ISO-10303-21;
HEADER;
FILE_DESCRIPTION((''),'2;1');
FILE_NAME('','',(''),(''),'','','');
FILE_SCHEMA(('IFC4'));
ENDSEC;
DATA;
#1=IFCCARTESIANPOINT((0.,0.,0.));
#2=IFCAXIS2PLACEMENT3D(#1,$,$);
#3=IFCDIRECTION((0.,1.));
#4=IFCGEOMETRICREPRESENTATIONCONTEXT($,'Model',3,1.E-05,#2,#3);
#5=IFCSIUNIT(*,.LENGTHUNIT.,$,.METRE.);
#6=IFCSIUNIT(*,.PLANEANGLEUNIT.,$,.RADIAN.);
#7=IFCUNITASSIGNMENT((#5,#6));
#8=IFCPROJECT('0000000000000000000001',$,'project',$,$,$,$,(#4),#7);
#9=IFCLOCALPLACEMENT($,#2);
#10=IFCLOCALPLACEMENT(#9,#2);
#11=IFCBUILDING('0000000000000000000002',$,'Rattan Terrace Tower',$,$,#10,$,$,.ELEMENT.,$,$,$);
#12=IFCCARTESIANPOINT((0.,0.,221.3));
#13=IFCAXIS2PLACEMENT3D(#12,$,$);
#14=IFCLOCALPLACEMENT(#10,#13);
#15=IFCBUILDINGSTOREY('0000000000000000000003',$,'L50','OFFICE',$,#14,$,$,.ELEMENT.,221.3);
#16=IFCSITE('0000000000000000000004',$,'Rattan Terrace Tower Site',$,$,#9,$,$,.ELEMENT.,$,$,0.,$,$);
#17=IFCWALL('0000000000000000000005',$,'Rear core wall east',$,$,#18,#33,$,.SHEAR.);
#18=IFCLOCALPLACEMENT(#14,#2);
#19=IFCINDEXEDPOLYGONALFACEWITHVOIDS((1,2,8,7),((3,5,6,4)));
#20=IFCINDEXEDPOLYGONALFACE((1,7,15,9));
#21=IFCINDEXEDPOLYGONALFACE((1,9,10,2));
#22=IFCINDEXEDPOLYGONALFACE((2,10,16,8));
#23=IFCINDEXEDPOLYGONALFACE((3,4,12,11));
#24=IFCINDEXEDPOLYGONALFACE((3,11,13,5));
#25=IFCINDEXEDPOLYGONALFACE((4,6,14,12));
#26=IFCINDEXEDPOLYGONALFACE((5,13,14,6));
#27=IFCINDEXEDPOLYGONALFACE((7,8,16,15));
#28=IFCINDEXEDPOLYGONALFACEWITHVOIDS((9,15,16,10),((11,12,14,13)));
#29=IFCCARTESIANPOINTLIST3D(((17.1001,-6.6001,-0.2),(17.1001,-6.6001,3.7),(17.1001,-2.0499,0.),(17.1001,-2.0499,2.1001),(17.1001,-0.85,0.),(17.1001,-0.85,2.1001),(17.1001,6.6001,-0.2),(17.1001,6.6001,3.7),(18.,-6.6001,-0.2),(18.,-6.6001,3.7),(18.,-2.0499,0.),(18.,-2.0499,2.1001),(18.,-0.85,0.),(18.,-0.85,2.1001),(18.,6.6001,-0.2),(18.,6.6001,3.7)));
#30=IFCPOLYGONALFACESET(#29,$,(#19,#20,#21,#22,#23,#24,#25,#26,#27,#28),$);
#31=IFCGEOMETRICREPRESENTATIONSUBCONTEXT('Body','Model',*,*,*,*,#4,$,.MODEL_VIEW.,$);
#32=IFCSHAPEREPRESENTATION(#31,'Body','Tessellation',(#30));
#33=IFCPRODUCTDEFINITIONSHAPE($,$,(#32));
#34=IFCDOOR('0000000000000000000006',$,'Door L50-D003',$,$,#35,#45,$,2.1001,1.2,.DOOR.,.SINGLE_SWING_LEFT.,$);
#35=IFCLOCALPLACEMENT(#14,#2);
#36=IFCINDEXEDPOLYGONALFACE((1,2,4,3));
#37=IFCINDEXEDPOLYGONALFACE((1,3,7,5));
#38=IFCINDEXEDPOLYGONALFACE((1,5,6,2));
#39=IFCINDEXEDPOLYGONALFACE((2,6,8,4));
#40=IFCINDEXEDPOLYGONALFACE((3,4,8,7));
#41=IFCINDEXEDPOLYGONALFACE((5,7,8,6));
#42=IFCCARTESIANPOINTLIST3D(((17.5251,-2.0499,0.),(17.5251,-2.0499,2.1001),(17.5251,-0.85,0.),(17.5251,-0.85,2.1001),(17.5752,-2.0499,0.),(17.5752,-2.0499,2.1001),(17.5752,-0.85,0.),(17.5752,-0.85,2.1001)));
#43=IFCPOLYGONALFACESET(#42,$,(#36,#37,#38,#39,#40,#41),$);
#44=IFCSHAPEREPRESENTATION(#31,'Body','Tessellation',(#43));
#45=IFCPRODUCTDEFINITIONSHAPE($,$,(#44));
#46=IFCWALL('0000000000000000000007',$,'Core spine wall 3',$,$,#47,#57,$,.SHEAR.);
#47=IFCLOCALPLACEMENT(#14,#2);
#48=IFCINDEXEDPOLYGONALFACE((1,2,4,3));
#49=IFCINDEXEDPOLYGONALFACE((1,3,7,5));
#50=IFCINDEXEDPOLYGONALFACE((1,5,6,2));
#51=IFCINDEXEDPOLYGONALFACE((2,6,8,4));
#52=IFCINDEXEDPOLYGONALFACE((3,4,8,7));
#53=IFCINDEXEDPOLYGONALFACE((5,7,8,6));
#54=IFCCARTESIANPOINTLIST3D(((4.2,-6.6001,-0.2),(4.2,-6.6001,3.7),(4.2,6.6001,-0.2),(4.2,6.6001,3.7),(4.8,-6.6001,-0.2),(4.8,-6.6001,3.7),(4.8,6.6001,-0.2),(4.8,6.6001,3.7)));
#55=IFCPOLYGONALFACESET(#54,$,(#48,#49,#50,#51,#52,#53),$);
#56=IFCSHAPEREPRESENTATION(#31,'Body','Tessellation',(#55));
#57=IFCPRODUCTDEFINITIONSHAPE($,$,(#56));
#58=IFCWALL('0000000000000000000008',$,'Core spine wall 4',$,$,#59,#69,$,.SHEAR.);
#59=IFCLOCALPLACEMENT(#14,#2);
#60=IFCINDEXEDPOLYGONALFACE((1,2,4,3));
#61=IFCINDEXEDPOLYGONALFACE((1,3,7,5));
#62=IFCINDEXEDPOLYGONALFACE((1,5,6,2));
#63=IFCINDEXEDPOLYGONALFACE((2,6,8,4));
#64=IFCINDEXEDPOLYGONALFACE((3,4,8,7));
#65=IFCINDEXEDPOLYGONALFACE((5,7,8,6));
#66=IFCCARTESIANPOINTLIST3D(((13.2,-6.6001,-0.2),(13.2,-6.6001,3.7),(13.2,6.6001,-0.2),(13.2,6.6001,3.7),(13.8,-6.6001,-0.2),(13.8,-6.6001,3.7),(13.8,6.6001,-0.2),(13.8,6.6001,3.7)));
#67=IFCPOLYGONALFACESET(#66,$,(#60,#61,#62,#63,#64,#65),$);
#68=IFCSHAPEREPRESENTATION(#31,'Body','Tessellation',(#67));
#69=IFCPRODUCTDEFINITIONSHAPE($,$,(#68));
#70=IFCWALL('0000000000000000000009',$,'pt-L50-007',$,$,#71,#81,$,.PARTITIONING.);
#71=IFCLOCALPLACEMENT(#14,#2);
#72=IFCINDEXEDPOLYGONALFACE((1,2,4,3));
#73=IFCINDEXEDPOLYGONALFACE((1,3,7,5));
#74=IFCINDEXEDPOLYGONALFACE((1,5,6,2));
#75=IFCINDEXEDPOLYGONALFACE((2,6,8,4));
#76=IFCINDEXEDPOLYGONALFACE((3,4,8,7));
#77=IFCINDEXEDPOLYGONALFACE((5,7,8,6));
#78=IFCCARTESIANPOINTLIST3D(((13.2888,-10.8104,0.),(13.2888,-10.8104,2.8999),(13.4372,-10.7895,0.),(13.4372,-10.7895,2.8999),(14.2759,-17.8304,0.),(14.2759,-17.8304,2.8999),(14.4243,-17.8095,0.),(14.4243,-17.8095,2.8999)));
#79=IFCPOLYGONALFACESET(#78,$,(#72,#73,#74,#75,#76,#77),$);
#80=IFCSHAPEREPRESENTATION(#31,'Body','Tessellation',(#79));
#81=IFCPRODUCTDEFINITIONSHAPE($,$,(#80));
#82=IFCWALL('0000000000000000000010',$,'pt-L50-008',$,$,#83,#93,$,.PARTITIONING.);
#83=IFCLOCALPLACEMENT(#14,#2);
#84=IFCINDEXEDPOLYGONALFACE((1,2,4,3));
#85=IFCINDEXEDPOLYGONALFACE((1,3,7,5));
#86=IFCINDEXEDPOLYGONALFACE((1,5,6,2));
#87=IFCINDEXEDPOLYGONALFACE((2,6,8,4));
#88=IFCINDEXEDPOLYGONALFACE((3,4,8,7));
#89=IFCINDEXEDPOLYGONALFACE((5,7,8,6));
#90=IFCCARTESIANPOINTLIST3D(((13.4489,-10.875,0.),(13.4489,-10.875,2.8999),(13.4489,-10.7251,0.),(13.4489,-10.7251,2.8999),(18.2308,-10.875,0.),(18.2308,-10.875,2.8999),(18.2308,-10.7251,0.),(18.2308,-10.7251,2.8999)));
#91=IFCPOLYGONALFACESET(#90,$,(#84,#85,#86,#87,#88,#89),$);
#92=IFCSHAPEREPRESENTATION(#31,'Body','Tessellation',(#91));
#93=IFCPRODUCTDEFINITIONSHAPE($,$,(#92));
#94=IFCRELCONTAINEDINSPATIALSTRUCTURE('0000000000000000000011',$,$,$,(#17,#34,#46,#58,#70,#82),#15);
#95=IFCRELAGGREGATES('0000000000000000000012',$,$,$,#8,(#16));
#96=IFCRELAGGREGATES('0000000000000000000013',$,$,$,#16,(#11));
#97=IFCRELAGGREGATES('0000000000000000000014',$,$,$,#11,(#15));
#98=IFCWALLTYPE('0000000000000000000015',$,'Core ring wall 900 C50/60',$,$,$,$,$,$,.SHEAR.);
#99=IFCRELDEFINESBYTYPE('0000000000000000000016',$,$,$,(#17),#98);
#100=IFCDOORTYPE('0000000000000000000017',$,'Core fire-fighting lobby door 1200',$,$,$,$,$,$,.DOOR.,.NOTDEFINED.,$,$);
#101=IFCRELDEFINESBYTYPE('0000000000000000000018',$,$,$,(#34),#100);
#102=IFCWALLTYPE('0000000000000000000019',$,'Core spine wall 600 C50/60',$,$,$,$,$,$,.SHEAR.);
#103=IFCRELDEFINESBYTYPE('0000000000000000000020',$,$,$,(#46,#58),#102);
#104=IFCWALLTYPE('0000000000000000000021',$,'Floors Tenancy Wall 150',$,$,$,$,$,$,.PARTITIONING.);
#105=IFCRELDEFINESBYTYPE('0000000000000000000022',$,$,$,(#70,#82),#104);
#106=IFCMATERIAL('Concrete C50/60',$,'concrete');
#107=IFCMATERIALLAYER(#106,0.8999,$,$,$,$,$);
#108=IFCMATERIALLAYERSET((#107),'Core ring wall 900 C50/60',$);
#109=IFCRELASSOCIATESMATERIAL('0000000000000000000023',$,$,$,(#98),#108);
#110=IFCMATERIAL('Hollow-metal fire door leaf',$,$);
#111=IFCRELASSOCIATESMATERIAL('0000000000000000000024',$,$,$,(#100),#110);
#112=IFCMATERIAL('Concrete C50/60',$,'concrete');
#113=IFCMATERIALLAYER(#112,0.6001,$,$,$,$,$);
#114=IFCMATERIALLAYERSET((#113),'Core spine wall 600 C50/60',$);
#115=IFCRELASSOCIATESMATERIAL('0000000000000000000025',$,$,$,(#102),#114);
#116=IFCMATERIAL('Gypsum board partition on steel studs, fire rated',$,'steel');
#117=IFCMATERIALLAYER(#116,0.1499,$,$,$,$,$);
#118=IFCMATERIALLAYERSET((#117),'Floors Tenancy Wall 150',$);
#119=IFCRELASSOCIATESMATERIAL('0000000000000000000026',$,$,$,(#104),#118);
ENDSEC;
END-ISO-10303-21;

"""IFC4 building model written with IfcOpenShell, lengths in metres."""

from ifc_helpers import new_model, si_unit, direction, frame, frame_2d, origin, place, context, subcontext, project, spatial, rectangle, extrude, material, layer, layer_set, type_object, element, fill, save


model = new_model("IFC4")

# Units and contexts
model_context = context("Model", 3, precision=1e-05, world=origin(), true_north=direction((0.0, 1.0)))
body_context = subcontext(model_context, "Body", "Model", "MODEL_VIEW")
ifc_project = project(units=[si_unit("LENGTHUNIT", "METRE"), si_unit("PLANEANGLEUNIT", "RADIAN")], contexts=[model_context])

# Site, building, storey
site_placement = place(None, origin())
site = spatial("IfcSite", under=ifc_project, at=site_placement, Name="Rattan Terrace Tower Site", CompositionType="ELEMENT", RefElevation=0.0)
building_placement = place(site_placement, origin())
building = spatial("IfcBuilding", under=site, at=building_placement, Name="Rattan Terrace Tower", CompositionType="ELEMENT")
storey_placement = place(building_placement, frame((0.0, 0.0, 221.3)))
storey = spatial("IfcBuildingStorey", under=building, at=storey_placement, Name="L50", Description="OFFICE", CompositionType="ELEMENT", Elevation=221.3)

# Wall, opening, door
ifc_material_1 = material(Name="Concrete C50/60", Category="concrete")
ifc_layer_1 = layer(ifc_material_1, 0.8999)
ifc_layer_set_1 = layer_set([ifc_layer_1], Name="Core ring wall 900 C50/60")
wall_type_1 = type_object("IfcWallType", Name="Core ring wall 900 C50/60", PredefinedType="SHEAR", material=ifc_layer_set_1)
wall_1_placement = place(storey_placement, frame((17.55, -6.6001, -0.2), z_axis=(0.0, 0.0, 1.0), x_axis=(0.0, 1.0, 0.0)))
wall_1 = element("IfcWall", 1, at=wall_1_placement, inside=storey, type_object=wall_type_1, Name="Rear core wall east", PredefinedType="SHEAR", context=body_context, shape_type="SweptSolid", body=[
    extrude(rectangle(XDim=13.2002, YDim=0.8999, at=frame_2d((6.6001, 0.0))), origin(), (0.0, 0.0, 1.0), 3.8999),
])
opening_1_placement = place(wall_1_placement, frame((4.55, 0.0, 0.2)))
opening_1 = element("IfcOpeningElement", 2, at=opening_1_placement, cuts=wall_1, PredefinedType="OPENING", context=body_context, shape_type="SweptSolid", body=[
    extrude(rectangle(XDim=1.2, YDim=2.1001, at=frame_2d((0.6001, 1.05))), frame((0.0, 0.4604, 0.0), z_axis=(0.0, -1.0, 0.0), x_axis=(1.0, 0.0, 0.0)), (0.0, 0.0, 1.0), 0.9209),
])
ifc_material_2 = material(Name="Hollow-metal fire door leaf")
door_type_1 = type_object("IfcDoorType", Name="Core fire-fighting lobby door 1200", OperationType="NOTDEFINED", PredefinedType="DOOR", material=ifc_material_2)
door_1_placement = place(opening_1_placement, origin())
door_1 = element("IfcDoor", 3, at=door_1_placement, inside=storey, type_object=door_type_1, Name="Door L50-D003", OperationType="SINGLE_SWING_LEFT", OverallHeight=2.1001, OverallWidth=1.2, PredefinedType="DOOR", context=body_context, shape_type="SweptSolid", body=[
    extrude(rectangle(XDim=1.2, YDim=2.1001, at=frame_2d((0.6001, 1.05))), frame((0.0, 0.0249, 0.0), z_axis=(0.0, -1.0, 0.0), x_axis=(1.0, 0.0, 0.0)), (0.0, 0.0, 1.0), 0.05),
])
fill(opening_1, door_1)

# Walls
ifc_material_3 = material(Name="Concrete C50/60", Category="concrete")
ifc_layer_2 = layer(ifc_material_3, 0.6001)
ifc_layer_set_2 = layer_set([ifc_layer_2], Name="Core spine wall 600 C50/60")
wall_type_2 = type_object("IfcWallType", Name="Core spine wall 600 C50/60", PredefinedType="SHEAR", material=ifc_layer_set_2)
for number, where, z_axis, x_axis, name in (
    (4, (4.5, -6.6001, -0.2), (0.0, 0.0, 1.0), (0.0, 1.0, 0.0), "Core spine wall 3"),
    (5, (13.5, -6.6001, -0.2), (0.0, 0.0, 1.0), (0.0, 1.0, 0.0), "Core spine wall 4"),
):
    element("IfcWall", number, at=place(storey_placement, frame(where, z_axis=z_axis, x_axis=x_axis)), inside=storey, type_object=wall_type_2, Name=name, PredefinedType="SHEAR", context=body_context, shape_type="SweptSolid", body=[
        extrude(rectangle(XDim=13.2002, YDim=0.6001, at=frame_2d((6.6001, 0.0))), origin(), (0.0, 0.0, 1.0), 3.8999),
    ])
ifc_material_4 = material(Name="Gypsum board partition on steel studs, fire rated", Category="steel")
ifc_layer_3 = layer(ifc_material_4, 0.1499)
ifc_layer_set_3 = layer_set([ifc_layer_3], Name="Floors Tenancy Wall 150")
wall_type_3 = type_object("IfcWallType", Name="Floors Tenancy Wall 150", PredefinedType="PARTITIONING", material=ifc_layer_set_3)
wall_2_placement = place(storey_placement, frame((13.363, -10.8, 0.0), z_axis=(0.0, 0.0, 1.0), x_axis=(0.139237, -0.990259, 0.0)))
element("IfcWall", 6, at=wall_2_placement, inside=storey, type_object=wall_type_3, Name="pt-L50-007", PredefinedType="PARTITIONING", context=body_context, shape_type="SweptSolid", body=[
    extrude(rectangle(XDim=7.0891, YDim=0.1499, at=frame_2d((3.5444, 0.0))), origin(), (0.0, 0.0, 1.0), 2.8999),
])
wall_3_placement = place(storey_placement, frame((18.231, -10.8, 0.0), z_axis=(0.0, 0.0, 1.0), x_axis=(-1.0, 0.0, 0.0)))
element("IfcWall", 7, at=wall_3_placement, inside=storey, type_object=wall_type_3, Name="pt-L50-008", PredefinedType="PARTITIONING", context=body_context, shape_type="SweptSolid", body=[
    extrude(rectangle(XDim=4.782, YDim=0.1499, at=frame_2d((2.3911, 0.0))), origin(), (0.0, 0.0, 1.0), 2.8999),
])

save(model, "model.ifc")
